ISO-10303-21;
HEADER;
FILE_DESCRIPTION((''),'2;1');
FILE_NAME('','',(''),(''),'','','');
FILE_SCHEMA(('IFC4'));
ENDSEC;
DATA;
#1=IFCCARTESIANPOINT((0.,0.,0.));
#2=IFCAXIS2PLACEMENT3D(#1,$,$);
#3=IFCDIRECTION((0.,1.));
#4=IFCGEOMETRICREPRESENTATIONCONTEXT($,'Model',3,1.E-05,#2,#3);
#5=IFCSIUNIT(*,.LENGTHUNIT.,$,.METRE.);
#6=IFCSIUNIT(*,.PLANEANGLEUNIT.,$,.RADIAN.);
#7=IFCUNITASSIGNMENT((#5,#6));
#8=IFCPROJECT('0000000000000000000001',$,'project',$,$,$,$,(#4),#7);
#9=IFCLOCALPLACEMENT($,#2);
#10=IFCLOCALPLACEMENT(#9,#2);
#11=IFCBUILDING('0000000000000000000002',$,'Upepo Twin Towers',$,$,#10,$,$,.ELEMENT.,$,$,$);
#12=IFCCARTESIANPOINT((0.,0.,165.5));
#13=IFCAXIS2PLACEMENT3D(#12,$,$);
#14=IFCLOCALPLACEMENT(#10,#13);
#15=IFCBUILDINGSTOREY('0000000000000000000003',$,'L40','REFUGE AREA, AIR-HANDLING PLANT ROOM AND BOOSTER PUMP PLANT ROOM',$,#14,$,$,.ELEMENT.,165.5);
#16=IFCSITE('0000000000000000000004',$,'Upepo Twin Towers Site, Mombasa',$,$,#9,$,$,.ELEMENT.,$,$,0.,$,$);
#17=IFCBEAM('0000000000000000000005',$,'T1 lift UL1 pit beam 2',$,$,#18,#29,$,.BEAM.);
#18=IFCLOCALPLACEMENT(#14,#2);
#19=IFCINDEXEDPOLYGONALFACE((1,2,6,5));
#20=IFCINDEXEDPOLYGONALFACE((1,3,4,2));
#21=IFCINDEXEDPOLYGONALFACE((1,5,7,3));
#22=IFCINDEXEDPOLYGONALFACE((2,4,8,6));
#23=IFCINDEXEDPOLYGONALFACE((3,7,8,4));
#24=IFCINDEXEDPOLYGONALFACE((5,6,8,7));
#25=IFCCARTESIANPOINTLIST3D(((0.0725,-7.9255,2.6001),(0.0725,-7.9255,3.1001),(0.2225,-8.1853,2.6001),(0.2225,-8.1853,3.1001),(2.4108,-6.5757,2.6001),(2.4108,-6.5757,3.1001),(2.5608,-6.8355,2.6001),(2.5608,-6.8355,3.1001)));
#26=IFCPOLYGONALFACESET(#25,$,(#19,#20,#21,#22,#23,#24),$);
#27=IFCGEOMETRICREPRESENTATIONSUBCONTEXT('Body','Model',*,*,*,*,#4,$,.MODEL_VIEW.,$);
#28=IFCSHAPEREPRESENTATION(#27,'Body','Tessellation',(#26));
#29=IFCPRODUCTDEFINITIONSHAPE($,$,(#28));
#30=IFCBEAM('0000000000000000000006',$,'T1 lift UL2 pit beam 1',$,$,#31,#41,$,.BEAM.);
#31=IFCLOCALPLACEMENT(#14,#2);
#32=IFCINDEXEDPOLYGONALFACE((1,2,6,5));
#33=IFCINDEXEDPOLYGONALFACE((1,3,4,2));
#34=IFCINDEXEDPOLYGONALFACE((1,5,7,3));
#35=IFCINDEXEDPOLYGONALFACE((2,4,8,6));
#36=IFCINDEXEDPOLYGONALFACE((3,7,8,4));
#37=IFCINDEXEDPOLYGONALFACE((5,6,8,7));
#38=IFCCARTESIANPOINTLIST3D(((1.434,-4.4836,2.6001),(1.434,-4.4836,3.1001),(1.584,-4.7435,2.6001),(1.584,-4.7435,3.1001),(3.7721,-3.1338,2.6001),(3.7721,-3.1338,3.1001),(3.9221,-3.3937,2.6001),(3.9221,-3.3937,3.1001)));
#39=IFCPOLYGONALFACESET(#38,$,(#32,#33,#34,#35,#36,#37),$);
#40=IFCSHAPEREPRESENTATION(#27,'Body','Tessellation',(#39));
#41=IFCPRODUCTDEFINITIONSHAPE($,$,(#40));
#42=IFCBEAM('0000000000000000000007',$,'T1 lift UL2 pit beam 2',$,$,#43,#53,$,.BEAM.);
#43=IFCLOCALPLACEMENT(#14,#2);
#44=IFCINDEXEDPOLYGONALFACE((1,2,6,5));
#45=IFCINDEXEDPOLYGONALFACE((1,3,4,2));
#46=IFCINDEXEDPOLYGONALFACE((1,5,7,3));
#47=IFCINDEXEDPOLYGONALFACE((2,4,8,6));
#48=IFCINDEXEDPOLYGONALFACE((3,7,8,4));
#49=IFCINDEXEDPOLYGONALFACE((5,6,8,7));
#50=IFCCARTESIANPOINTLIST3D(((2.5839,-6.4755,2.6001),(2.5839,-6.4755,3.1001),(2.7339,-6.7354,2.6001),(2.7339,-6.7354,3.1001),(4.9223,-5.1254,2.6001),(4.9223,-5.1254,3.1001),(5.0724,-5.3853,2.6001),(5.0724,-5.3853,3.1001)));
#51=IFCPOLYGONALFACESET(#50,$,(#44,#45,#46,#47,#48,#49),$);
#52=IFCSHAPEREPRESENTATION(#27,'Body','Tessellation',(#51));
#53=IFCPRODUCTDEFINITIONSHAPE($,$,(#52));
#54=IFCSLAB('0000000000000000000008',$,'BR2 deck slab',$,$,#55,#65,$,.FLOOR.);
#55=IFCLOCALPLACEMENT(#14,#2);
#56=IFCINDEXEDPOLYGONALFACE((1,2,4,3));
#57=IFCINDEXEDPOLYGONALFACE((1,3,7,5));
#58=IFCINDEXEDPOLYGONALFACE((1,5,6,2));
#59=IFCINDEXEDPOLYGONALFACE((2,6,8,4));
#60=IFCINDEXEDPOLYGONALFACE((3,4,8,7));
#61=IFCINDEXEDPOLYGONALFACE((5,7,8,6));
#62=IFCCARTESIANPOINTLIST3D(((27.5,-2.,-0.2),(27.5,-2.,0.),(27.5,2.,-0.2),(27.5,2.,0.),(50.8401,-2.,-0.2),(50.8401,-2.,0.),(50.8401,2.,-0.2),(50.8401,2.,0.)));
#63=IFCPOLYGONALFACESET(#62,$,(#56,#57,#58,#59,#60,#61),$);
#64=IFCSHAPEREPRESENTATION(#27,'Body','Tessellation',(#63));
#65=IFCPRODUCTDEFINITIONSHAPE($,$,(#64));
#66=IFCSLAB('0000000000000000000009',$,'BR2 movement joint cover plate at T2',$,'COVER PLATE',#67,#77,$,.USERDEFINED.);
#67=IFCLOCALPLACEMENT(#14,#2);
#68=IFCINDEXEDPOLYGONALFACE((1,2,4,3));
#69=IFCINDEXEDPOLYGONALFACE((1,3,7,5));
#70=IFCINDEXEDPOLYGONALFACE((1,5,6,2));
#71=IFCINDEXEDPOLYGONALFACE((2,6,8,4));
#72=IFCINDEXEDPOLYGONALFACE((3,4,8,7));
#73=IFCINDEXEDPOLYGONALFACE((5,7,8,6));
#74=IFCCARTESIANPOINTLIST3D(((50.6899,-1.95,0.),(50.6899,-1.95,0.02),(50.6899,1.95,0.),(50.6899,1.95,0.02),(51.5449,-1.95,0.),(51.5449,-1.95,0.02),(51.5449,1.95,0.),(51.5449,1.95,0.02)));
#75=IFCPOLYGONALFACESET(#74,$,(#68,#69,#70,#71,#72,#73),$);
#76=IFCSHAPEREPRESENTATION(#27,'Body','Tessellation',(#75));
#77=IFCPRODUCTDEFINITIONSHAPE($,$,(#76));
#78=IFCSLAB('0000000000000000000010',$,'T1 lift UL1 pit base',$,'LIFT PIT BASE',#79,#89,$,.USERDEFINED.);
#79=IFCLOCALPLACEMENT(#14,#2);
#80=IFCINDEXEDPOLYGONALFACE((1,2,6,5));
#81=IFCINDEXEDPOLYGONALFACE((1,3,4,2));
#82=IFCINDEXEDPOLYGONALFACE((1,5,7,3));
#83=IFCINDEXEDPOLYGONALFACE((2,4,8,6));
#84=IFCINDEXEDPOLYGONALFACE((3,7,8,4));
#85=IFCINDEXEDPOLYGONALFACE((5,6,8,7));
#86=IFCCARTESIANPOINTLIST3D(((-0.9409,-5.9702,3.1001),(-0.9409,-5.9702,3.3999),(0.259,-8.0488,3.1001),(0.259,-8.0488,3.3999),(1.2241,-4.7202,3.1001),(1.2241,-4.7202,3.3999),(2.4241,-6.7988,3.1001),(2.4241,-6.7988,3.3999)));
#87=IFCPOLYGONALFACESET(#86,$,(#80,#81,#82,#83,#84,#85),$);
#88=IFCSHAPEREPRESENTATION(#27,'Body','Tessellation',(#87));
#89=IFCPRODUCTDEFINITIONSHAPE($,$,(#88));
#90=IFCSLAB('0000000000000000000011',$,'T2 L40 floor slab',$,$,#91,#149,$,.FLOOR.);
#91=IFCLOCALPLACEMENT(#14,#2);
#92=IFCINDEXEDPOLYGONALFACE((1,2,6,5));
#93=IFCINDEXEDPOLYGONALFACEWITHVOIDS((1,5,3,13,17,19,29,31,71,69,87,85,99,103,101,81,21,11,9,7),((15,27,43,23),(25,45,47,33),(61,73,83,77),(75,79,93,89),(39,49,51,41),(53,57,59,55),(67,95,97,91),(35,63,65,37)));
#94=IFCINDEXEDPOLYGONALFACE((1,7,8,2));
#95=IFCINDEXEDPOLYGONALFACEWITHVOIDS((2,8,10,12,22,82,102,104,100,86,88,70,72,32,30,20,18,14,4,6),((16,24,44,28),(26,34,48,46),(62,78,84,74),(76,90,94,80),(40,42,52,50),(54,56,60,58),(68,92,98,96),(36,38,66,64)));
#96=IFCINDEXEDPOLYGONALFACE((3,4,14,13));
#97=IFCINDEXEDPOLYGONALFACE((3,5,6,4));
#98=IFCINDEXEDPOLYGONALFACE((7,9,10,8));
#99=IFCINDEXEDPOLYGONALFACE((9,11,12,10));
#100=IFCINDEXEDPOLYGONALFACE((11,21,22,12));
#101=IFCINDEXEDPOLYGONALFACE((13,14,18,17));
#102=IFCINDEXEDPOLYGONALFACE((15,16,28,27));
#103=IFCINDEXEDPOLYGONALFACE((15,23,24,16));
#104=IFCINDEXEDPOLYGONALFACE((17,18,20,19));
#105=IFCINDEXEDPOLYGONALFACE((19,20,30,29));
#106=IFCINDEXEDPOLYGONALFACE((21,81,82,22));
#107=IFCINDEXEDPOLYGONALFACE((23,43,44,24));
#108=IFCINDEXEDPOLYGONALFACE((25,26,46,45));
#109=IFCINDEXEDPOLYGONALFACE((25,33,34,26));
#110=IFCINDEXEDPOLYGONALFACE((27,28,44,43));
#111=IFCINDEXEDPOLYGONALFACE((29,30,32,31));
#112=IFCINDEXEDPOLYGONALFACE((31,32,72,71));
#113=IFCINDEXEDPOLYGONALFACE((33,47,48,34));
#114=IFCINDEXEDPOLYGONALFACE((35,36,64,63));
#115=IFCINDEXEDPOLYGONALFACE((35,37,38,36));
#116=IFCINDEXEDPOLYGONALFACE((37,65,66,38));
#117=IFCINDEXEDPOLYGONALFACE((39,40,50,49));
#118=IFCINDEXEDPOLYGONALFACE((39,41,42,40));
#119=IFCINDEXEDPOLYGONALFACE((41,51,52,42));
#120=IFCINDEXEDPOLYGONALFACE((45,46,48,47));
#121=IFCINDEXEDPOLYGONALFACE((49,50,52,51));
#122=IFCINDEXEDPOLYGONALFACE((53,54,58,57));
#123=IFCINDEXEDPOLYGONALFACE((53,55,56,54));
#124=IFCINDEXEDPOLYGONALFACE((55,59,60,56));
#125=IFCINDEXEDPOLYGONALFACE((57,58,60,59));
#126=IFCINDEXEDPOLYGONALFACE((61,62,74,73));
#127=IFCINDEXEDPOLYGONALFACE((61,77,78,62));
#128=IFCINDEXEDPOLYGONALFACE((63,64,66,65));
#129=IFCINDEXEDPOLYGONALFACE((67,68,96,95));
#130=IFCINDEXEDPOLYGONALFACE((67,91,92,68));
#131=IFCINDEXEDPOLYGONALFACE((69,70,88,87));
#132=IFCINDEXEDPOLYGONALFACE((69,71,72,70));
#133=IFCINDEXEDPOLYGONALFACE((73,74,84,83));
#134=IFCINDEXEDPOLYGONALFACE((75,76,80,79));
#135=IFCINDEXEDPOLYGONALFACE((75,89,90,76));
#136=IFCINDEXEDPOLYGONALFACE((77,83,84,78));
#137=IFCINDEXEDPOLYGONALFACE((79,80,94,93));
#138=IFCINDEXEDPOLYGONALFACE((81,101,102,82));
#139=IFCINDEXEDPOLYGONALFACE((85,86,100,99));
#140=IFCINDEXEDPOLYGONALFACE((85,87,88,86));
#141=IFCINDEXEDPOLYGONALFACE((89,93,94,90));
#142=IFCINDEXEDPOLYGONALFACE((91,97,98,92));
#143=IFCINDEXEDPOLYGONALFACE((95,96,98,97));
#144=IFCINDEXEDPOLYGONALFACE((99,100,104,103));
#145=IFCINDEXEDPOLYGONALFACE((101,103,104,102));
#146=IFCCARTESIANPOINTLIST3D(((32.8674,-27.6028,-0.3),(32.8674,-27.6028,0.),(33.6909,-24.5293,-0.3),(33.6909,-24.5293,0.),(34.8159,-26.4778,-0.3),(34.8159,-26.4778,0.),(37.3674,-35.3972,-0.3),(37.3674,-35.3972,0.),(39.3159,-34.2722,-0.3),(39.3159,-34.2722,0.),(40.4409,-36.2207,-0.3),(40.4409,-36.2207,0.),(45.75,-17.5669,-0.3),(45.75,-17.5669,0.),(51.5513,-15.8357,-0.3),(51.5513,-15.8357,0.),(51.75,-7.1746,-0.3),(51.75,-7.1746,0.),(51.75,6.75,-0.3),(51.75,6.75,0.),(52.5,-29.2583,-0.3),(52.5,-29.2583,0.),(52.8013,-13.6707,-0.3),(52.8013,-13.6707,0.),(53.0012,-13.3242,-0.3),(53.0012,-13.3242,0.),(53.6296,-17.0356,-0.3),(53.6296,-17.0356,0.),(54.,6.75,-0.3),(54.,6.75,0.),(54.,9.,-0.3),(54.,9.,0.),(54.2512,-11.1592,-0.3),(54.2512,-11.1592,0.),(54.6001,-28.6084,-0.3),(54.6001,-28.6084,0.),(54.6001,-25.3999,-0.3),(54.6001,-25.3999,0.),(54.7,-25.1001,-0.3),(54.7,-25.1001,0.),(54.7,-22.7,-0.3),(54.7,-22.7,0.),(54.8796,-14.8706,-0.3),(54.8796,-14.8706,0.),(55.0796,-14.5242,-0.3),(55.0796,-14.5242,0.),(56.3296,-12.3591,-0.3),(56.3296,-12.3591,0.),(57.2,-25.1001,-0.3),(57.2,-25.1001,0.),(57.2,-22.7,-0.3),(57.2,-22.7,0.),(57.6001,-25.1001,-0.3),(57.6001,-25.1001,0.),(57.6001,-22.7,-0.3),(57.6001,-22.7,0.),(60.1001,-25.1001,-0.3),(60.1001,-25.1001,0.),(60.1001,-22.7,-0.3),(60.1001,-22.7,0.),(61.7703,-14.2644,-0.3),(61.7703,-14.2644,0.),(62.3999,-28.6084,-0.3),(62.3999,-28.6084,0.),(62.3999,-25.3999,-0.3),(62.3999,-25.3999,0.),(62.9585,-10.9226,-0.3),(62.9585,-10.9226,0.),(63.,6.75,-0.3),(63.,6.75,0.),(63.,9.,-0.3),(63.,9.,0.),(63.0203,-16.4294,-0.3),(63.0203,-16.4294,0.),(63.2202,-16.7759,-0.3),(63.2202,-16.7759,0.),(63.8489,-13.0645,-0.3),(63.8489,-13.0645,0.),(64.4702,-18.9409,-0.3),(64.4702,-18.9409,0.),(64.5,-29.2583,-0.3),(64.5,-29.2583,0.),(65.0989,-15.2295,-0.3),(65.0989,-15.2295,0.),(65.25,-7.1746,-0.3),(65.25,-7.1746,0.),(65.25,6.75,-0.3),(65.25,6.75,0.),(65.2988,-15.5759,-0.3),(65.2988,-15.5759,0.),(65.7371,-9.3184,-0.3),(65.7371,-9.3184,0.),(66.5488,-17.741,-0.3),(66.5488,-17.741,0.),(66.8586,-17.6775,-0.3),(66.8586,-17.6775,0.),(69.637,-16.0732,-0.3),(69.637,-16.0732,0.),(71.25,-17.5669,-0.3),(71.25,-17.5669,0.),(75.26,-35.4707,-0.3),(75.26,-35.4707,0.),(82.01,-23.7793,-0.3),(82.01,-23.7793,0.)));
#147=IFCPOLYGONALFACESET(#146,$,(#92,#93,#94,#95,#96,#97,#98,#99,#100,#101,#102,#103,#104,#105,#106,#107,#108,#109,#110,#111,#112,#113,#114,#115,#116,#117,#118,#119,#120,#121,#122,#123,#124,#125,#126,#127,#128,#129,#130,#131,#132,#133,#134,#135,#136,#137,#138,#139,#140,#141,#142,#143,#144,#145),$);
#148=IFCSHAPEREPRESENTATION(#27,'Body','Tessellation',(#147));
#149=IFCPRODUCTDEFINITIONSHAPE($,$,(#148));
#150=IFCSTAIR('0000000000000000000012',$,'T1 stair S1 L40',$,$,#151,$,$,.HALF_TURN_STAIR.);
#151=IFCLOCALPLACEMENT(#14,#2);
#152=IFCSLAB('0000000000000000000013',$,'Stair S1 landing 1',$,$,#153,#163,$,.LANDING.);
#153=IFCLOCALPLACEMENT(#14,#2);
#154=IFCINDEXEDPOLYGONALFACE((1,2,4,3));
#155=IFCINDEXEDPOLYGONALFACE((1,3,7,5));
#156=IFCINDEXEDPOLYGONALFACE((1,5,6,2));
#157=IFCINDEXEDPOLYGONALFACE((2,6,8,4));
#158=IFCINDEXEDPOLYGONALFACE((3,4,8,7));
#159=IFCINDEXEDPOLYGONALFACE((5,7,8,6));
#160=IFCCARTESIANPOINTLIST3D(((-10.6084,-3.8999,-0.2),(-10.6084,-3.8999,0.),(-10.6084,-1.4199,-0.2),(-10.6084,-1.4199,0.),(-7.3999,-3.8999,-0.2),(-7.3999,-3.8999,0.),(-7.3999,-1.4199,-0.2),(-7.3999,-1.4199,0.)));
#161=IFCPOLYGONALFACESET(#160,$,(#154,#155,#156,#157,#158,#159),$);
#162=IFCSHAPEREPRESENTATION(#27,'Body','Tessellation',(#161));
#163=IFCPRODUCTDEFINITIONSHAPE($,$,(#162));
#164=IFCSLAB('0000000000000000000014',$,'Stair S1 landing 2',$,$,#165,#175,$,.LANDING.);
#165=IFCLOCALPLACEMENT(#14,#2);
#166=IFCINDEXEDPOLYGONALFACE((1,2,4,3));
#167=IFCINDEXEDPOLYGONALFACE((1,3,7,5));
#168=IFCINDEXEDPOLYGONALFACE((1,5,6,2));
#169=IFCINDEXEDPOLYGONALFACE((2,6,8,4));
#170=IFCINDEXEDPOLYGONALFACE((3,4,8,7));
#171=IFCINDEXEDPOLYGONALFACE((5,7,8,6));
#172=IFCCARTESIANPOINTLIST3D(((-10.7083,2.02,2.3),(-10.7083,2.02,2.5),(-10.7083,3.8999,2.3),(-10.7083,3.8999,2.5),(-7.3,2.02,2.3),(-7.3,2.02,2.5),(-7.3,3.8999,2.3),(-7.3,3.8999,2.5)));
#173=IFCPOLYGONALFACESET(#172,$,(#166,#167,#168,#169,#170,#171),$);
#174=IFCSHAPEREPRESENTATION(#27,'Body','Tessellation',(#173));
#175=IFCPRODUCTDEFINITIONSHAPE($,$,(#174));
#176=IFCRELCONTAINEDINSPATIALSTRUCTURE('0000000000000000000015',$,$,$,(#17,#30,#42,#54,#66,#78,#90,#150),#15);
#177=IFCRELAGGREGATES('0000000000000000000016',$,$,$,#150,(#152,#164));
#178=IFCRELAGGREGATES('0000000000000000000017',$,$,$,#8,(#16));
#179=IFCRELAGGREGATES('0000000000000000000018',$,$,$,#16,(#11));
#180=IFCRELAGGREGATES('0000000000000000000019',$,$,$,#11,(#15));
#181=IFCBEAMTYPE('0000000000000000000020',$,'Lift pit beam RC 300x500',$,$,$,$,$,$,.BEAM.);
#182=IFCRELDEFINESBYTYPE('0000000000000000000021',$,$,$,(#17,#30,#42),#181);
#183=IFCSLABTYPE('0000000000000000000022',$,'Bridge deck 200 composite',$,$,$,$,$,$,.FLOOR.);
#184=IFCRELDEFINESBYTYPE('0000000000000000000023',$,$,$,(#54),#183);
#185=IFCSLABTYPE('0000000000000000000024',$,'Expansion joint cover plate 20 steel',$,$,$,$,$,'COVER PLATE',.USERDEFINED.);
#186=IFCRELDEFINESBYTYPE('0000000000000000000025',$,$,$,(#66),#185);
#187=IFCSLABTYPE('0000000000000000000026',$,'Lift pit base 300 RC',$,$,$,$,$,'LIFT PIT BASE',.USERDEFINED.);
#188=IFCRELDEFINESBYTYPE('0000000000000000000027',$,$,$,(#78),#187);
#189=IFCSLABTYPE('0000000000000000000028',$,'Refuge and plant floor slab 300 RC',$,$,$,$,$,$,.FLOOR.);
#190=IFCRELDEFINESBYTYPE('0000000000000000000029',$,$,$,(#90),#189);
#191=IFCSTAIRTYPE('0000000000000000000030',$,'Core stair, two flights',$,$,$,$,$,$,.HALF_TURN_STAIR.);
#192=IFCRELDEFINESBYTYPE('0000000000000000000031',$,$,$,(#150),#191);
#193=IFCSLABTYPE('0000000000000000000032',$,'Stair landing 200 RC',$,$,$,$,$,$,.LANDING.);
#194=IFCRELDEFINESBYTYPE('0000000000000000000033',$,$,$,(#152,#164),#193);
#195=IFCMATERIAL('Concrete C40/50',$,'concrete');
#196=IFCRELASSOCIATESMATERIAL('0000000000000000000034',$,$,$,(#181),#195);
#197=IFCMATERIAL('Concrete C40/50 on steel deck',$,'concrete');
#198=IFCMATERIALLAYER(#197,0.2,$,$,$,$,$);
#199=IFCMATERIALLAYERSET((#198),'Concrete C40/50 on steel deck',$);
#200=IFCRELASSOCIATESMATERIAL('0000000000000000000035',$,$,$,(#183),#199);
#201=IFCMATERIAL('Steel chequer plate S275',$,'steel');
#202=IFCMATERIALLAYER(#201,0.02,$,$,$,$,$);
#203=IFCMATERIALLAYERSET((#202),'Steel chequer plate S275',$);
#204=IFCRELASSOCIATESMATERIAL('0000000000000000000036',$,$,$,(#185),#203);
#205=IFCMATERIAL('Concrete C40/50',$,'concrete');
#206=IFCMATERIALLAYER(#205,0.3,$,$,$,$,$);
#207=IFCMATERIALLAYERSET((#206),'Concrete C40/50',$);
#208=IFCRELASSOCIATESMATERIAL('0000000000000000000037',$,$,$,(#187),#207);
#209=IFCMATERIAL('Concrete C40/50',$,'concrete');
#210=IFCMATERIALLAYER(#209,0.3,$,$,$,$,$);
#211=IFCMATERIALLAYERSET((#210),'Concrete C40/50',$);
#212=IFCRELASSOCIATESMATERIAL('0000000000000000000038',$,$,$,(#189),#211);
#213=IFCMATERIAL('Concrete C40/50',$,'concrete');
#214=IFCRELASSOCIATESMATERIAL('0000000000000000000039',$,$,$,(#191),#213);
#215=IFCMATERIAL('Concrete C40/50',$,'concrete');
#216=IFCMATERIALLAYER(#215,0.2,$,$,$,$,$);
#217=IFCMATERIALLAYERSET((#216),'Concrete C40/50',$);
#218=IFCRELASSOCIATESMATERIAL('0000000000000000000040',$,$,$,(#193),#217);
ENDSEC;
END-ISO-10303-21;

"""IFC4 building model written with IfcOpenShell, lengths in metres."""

from ifc_helpers import new_model, si_unit, direction, frame, origin, origin_2d, place, context, subcontext, project, spatial, polyline, rectangle, outline, extrude, material, layer, layer_set, material_profile, profile_set, type_object, element, aggregate, save


model = new_model("IFC4")

# Units and contexts
model_context = context("Model", 3, precision=1e-05, world=origin(), true_north=direction((0.0, 1.0)))
body_context = subcontext(model_context, "Body", "Model", "MODEL_VIEW")
ifc_project = project(units=[si_unit("LENGTHUNIT", "METRE"), si_unit("PLANEANGLEUNIT", "RADIAN")], contexts=[model_context])

# Site, building, storey
site_placement = place(None, origin())
site = spatial("IfcSite", under=ifc_project, at=site_placement, Name="Upepo Twin Towers Site, Mombasa", CompositionType="ELEMENT", RefElevation=0.0)
building_placement = place(site_placement, origin())
building = spatial("IfcBuilding", under=site, at=building_placement, Name="Upepo Twin Towers", CompositionType="ELEMENT")
storey_placement = place(building_placement, frame((0.0, 0.0, 165.5)))
storey = spatial("IfcBuildingStorey", under=building, at=storey_placement, Name="L40", Description="REFUGE AREA, AIR-HANDLING PLANT ROOM AND BOOSTER PUMP PLANT ROOM", CompositionType="ELEMENT", Elevation=165.5)

# Beams
ifc_material_1 = material(Name="Concrete C40/50", Category="concrete")
ifc_material_profile = material_profile(ifc_material_1, rectangle(XDim=0.3, YDim=0.5, at=origin_2d()), Name="RC 300x500")
ifc_profile_set = profile_set([ifc_material_profile], Name="Concrete C40/50")
beam_type = type_object("IfcBeamType", Name="Lift pit beam RC 300x500", PredefinedType="BEAM", material=ifc_profile_set)
beam_1_placement = place(storey_placement, frame((0.1475, -8.0554, 2.8501), z_axis=(0.866059, 0.499942, 0.0), x_axis=(-0.499942, 0.866059, 0.0)))
element("IfcBeam", 1, at=beam_1_placement, inside=storey, type_object=beam_type, Name="T1 lift UL1 pit beam 2", PredefinedType="BEAM", context=body_context, shape_type="SweptSolid", body=[
    extrude(rectangle(XDim=0.3, YDim=0.5, at=origin_2d()), origin(), (0.0, 0.0, 1.0), 2.7),
])
beam_2_placement = place(storey_placement, frame((1.509, -4.6135, 2.8501), z_axis=(0.866037, 0.499981, 0.0), x_axis=(-0.499981, 0.866037, 0.0)))
element("IfcBeam", 2, at=beam_2_placement, inside=storey, type_object=beam_type, Name="T1 lift UL2 pit beam 1", PredefinedType="BEAM", context=body_context, shape_type="SweptSolid", body=[
    extrude(rectangle(XDim=0.3, YDim=0.5, at=origin_2d()), origin(), (0.0, 0.0, 1.0), 2.6997),
])
beam_3_placement = place(storey_placement, frame((2.6589, -6.6055, 2.8501), z_axis=(0.86602, 0.500009, 0.0), x_axis=(-0.500009, 0.86602, 0.0)))
element("IfcBeam", 3, at=beam_3_placement, inside=storey, type_object=beam_type, Name="T1 lift UL2 pit beam 2", PredefinedType="BEAM", context=body_context, shape_type="SweptSolid", body=[
    extrude(rectangle(XDim=0.3, YDim=0.5, at=origin_2d()), origin(), (0.0, 0.0, 1.0), 2.7002),
])

# Slabs
ifc_material_2 = material(Name="Concrete C40/50 on steel deck", Category="concrete")
ifc_layer_1 = layer(ifc_material_2, 0.2)
ifc_layer_set_1 = layer_set([ifc_layer_1], Name="Concrete C40/50 on steel deck")
slab_type_1 = type_object("IfcSlabType", Name="Bridge deck 200 composite", PredefinedType="FLOOR", material=ifc_layer_set_1)
slab_1_placement = place(storey_placement, frame((0.0, 0.0, -0.2)))
element("IfcSlab", 4, at=slab_1_placement, inside=storey, type_object=slab_type_1, Name="BR2 deck slab", PredefinedType="FLOOR", context=body_context, shape_type="SweptSolid", body=[
    extrude(outline(polyline([(27.5, -2.0), (50.8401, -2.0), (50.8401, 2.0), (27.5, 2.0), (27.5, -2.0)])), origin(), (0.0, 0.0, 1.0), 0.2),
])
ifc_material_3 = material(Name="Steel chequer plate S275", Category="steel")
ifc_layer_2 = layer(ifc_material_3, 0.02)
ifc_layer_set_2 = layer_set([ifc_layer_2], Name="Steel chequer plate S275")
slab_type_2 = type_object("IfcSlabType", Name="Expansion joint cover plate 20 steel", ElementType="COVER PLATE", PredefinedType="USERDEFINED", material=ifc_layer_set_2)
slab_2_placement = place(storey_placement, origin())
element("IfcSlab", 5, at=slab_2_placement, inside=storey, type_object=slab_type_2, Name="BR2 movement joint cover plate at T2", ObjectType="COVER PLATE", PredefinedType="USERDEFINED", context=body_context, shape_type="SweptSolid", body=[
    extrude(outline(polyline([(50.6899, -1.95), (51.5449, -1.95), (51.5449, 1.95), (50.6899, 1.95), (50.6899, -1.95)])), origin(), (0.0, 0.0, 1.0), 0.02),
])
ifc_material_4 = material(Name="Concrete C40/50", Category="concrete")
ifc_layer_3 = layer(ifc_material_4, 0.3)
ifc_layer_set_3 = layer_set([ifc_layer_3], Name="Concrete C40/50")
slab_type_3 = type_object("IfcSlabType", Name="Lift pit base 300 RC", ElementType="LIFT PIT BASE", PredefinedType="USERDEFINED", material=ifc_layer_set_3)
slab_3_placement = place(storey_placement, frame((0.0, 0.0, 3.1001)))
element("IfcSlab", 6, at=slab_3_placement, inside=storey, type_object=slab_type_3, Name="T1 lift UL1 pit base", ObjectType="LIFT PIT BASE", PredefinedType="USERDEFINED", context=body_context, shape_type="SweptSolid", body=[
    extrude(outline(polyline([(-0.9409, -5.9702), (0.259, -8.0488), (2.4241, -6.7988), (1.2241, -4.7202), (-0.9409, -5.9702)])), origin(), (0.0, 0.0, 1.0), 0.2998),
])
ifc_material_5 = material(Name="Concrete C40/50", Category="concrete")
ifc_layer_4 = layer(ifc_material_5, 0.3)
ifc_layer_set_4 = layer_set([ifc_layer_4], Name="Concrete C40/50")
slab_type_4 = type_object("IfcSlabType", Name="Refuge and plant floor slab 300 RC", PredefinedType="FLOOR", material=ifc_layer_set_4)
slab_4_placement = place(storey_placement, frame((0.0, 0.0, -0.3)))
element("IfcSlab", 7, at=slab_4_placement, inside=storey, type_object=slab_type_4, Name="T2 L40 floor slab", PredefinedType="FLOOR", context=body_context, shape_type="SweptSolid", body=[
    extrude(outline(polyline([(75.26, -35.4707), (64.5, -29.2583), (52.5, -29.2583), (40.4409, -36.2207), (39.3159, -34.2722), (37.3674, -35.3972), (32.8674, -27.6028), (34.8159, -26.4778), (33.6909, -24.5293), (45.75, -17.5669), (51.75, -7.1746), (51.75, 6.75), (54.0, 6.75), (54.0, 9.0), (63.0, 9.0), (63.0, 6.75), (65.25, 6.75), (65.25, -7.1746), (71.25, -17.5669), (82.01, -23.7793), (75.26, -35.4707)]), holes=[polyline([(56.3296, -12.3591), (54.2512, -11.1592), (53.0012, -13.3242), (55.0796, -14.5242), (56.3296, -12.3591)]), polyline([(54.8796, -14.8706), (52.8013, -13.6707), (51.5513, -15.8357), (53.6296, -17.0356), (54.8796, -14.8706)]), polyline([(54.7, -22.7), (54.7, -25.1001), (57.2, -25.1001), (57.2, -22.7), (54.7, -22.7)]), polyline([(57.6001, -22.7), (57.6001, -25.1001), (60.1001, -25.1001), (60.1001, -22.7), (57.6001, -22.7)]), polyline([(54.6001, -25.3999), (54.6001, -28.6084), (62.3999, -28.6084), (62.3999, -25.3999), (54.6001, -25.3999)]), polyline([(64.4702, -18.9409), (66.5488, -17.741), (65.2988, -15.5759), (63.2202, -16.7759), (64.4702, -18.9409)]), polyline([(63.0203, -16.4294), (65.0989, -15.2295), (63.8489, -13.0645), (61.7703, -14.2644), (63.0203, -16.4294)]), polyline([(66.8586, -17.6775), (69.637, -16.0732), (65.7371, -9.3184), (62.9585, -10.9226), (66.8586, -17.6775)])]), origin(), (0.0, 0.0, 1.0), 0.3),
])

# Stair, slabs
ifc_material_6 = material(Name="Concrete C40/50", Category="concrete")
stair_type = type_object("IfcStairType", Name="Core stair, two flights", PredefinedType="HALF_TURN_STAIR", material=ifc_material_6)
stair_1_placement = place(storey_placement, origin())
stair_1 = element("IfcStair", 8, at=stair_1_placement, inside=storey, type_object=stair_type, Name="T1 stair S1 L40", PredefinedType="HALF_TURN_STAIR")
ifc_material_7 = material(Name="Concrete C40/50", Category="concrete")
ifc_layer_5 = layer(ifc_material_7, 0.2)
ifc_layer_set_5 = layer_set([ifc_layer_5], Name="Concrete C40/50")
slab_type_5 = type_object("IfcSlabType", Name="Stair landing 200 RC", PredefinedType="LANDING", material=ifc_layer_set_5)
slab_5_placement = place(storey_placement, frame((0.0, 0.0, -0.2)))
slab_5 = element("IfcSlab", 9, at=slab_5_placement, type_object=slab_type_5, Name="Stair S1 landing 1", PredefinedType="LANDING", context=body_context, shape_type="SweptSolid", body=[
    extrude(outline(polyline([(-7.3999, -1.4199), (-10.6084, -1.4199), (-10.6084, -3.8999), (-7.3999, -3.8999), (-7.3999, -1.4199)])), origin(), (0.0, 0.0, 1.0), 0.2),
])
slab_6_placement = place(storey_placement, frame((0.0, 0.0, 2.3)))
slab_6 = element("IfcSlab", 10, at=slab_6_placement, type_object=slab_type_5, Name="Stair S1 landing 2", PredefinedType="LANDING", context=body_context, shape_type="SweptSolid", body=[
    extrude(outline(polyline([(-7.3, 3.8999), (-10.7083, 3.8999), (-10.7083, 2.02), (-7.3, 2.02), (-7.3, 3.8999)])), origin(), (0.0, 0.0, 1.0), 0.2),
])
aggregate(stair_1, [slab_5, slab_6])

save(model, "model.ifc")
